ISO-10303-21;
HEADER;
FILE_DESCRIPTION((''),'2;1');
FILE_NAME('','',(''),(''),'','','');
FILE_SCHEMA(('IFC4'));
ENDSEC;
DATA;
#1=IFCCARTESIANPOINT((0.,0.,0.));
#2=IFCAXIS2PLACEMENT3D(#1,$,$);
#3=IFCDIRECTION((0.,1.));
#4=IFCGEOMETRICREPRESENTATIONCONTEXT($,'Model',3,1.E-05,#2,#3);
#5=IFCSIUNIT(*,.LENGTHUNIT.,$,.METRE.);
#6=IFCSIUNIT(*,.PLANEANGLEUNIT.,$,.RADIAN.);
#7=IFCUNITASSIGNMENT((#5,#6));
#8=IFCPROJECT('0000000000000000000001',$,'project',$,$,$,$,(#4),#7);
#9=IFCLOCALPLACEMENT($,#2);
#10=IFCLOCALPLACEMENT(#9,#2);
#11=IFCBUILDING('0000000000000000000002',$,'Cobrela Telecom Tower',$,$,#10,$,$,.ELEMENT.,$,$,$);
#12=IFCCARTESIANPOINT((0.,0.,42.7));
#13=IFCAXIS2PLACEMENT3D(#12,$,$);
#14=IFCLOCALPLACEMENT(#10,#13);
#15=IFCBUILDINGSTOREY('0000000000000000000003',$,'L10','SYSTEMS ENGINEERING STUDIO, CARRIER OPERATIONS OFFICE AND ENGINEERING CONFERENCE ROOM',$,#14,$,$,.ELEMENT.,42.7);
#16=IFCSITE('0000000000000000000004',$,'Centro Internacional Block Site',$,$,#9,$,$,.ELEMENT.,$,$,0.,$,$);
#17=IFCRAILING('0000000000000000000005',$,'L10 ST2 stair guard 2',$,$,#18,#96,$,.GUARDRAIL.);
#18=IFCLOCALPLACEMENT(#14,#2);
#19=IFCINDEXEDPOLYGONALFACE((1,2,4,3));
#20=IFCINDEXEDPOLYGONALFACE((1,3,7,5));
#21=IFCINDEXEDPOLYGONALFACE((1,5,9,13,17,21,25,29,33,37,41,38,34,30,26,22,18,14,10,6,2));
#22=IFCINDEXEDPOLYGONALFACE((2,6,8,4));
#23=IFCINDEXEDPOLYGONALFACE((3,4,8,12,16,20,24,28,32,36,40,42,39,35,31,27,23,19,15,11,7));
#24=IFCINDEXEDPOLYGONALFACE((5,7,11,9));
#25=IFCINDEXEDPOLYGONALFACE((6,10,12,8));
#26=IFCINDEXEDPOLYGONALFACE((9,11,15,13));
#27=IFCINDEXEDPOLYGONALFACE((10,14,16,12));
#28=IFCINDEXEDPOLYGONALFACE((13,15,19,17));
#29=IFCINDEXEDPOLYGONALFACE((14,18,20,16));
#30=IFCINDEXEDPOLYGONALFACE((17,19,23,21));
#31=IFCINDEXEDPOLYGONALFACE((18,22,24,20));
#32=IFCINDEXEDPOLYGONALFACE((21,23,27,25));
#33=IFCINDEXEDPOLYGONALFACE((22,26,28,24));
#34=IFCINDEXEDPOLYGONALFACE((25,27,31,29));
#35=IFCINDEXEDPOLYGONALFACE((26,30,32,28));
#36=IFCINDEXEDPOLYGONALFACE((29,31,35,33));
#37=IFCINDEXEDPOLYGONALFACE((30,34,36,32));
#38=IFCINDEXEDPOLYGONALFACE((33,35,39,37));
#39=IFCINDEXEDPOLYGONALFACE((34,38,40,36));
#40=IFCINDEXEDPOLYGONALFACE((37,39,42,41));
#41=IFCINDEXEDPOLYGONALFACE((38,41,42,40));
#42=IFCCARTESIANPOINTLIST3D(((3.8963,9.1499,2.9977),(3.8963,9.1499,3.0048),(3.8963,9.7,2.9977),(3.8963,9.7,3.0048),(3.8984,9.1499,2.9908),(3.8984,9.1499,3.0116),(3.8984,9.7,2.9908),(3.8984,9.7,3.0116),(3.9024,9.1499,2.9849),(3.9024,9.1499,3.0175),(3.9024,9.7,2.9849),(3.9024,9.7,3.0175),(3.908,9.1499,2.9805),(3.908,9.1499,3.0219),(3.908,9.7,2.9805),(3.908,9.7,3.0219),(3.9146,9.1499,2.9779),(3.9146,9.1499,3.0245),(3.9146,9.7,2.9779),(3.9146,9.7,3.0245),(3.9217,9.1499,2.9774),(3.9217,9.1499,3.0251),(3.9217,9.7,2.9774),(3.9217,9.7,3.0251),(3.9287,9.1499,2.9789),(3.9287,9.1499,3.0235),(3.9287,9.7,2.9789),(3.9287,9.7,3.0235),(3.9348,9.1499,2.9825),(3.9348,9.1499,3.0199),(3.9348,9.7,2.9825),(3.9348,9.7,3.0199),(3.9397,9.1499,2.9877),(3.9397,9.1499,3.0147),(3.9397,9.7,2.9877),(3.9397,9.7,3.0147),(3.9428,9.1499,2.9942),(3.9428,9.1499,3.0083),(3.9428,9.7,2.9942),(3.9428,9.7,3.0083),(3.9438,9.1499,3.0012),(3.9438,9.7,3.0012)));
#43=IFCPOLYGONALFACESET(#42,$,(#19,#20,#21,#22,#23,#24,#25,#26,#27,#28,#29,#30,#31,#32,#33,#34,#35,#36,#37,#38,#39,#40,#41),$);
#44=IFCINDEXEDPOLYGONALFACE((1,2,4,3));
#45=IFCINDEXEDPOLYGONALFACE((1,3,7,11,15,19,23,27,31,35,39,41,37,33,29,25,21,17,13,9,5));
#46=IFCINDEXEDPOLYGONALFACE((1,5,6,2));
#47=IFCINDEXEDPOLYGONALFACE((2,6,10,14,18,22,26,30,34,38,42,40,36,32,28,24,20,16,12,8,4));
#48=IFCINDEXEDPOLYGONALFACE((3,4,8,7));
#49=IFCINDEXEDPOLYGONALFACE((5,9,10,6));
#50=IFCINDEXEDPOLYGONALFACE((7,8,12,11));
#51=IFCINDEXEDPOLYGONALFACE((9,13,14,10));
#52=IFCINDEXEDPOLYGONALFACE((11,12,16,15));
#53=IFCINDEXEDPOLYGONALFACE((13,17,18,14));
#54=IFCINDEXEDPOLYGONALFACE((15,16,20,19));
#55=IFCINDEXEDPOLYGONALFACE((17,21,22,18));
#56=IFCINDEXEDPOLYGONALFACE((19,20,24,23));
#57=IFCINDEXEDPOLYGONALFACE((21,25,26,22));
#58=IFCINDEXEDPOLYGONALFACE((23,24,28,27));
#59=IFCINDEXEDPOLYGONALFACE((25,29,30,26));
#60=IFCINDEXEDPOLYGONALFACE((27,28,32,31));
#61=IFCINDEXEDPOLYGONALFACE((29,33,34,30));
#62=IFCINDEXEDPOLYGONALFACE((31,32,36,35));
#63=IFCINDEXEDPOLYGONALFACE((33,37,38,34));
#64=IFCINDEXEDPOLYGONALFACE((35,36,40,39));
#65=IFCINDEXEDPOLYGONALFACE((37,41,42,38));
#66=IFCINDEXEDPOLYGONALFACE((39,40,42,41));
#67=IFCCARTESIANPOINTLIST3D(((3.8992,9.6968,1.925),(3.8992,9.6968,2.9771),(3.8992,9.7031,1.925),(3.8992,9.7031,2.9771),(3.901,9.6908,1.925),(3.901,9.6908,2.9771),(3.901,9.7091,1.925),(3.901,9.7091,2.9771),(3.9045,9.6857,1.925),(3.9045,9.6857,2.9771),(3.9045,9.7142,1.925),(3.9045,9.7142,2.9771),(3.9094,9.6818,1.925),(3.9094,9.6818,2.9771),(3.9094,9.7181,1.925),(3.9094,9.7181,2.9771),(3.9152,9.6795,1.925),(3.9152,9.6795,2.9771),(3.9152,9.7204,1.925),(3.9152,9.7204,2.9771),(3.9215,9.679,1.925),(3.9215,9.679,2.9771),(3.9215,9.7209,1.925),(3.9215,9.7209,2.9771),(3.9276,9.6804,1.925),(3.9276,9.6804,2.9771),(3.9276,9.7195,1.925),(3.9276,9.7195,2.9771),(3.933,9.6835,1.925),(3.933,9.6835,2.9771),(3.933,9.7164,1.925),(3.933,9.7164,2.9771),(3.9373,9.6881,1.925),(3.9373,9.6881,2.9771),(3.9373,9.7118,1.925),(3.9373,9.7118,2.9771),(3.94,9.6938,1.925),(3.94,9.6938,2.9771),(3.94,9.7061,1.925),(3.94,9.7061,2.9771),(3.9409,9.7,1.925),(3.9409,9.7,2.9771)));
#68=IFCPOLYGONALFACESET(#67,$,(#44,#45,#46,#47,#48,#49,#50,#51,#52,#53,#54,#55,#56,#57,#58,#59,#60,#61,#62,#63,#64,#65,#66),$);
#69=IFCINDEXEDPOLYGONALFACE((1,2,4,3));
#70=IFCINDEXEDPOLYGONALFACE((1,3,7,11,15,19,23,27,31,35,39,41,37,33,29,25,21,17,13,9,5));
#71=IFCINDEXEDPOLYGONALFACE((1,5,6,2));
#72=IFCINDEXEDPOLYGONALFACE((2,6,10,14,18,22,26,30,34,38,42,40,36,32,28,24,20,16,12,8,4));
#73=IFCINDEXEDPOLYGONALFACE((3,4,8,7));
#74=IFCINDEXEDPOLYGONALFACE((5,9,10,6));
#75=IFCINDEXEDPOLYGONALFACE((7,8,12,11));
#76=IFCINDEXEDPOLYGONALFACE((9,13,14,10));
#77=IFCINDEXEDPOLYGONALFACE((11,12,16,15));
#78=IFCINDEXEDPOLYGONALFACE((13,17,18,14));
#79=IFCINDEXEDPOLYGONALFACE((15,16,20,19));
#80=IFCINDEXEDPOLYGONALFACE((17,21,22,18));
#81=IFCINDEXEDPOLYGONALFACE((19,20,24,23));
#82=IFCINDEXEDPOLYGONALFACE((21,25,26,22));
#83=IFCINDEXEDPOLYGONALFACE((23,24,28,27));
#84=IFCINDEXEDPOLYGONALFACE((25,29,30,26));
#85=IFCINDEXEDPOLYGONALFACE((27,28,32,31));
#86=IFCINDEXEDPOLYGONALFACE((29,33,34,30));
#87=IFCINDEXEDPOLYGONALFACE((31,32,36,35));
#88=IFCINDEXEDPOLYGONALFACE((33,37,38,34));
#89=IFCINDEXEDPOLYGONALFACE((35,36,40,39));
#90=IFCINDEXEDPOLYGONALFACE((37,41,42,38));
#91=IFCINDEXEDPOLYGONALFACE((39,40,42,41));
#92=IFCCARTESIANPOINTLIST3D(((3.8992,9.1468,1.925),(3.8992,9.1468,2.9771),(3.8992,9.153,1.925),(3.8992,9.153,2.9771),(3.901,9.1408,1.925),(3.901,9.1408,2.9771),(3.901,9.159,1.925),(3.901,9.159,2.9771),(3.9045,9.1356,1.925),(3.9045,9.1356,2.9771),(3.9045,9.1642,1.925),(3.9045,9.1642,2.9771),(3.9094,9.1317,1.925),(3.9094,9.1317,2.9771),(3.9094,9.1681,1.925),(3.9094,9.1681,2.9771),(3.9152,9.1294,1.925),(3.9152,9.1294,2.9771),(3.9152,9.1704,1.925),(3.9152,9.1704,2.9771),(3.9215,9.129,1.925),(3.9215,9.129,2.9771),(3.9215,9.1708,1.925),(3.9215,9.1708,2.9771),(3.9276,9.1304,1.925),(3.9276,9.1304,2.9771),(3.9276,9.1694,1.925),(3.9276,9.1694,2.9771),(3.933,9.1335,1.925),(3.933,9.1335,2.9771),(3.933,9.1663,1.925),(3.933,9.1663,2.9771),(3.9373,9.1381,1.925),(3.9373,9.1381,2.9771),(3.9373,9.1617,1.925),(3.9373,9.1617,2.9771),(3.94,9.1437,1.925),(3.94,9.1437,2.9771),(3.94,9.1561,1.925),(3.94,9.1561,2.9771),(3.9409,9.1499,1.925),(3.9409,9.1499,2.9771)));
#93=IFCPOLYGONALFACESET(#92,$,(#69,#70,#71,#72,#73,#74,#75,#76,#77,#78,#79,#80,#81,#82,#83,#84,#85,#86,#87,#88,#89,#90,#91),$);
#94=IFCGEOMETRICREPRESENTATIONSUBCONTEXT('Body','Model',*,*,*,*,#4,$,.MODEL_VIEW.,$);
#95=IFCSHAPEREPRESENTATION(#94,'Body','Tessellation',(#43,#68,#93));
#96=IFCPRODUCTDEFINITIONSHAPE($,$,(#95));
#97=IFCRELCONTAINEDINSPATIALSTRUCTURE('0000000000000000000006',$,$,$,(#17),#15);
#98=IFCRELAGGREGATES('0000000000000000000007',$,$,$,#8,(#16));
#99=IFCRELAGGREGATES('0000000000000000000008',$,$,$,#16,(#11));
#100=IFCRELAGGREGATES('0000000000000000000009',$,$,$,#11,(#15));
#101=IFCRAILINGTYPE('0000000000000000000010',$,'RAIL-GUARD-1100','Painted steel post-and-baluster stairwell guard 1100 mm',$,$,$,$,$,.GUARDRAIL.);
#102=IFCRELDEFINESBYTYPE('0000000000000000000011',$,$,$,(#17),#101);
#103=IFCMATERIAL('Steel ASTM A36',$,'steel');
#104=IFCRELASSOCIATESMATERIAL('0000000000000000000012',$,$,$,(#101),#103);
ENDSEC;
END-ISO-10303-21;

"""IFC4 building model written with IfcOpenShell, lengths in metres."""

from ifc_helpers import new_model, si_unit, direction, frame, origin, origin_2d, place, context, subcontext, project, spatial, circle, extrude, material, type_object, element, save


model = new_model("IFC4")

# Units and contexts
model_context = context("Model", 3, precision=1e-05, world=origin(), true_north=direction((0.0, 1.0)))
body_context = subcontext(model_context, "Body", "Model", "MODEL_VIEW")
ifc_project = project(units=[si_unit("LENGTHUNIT", "METRE"), si_unit("PLANEANGLEUNIT", "RADIAN")], contexts=[model_context])

# Site, building, storey
site_placement = place(None, origin())
site = spatial("IfcSite", under=ifc_project, at=site_placement, Name="Centro Internacional Block Site", CompositionType="ELEMENT", RefElevation=0.0)
building_placement = place(site_placement, origin())
building = spatial("IfcBuilding", under=site, at=building_placement, Name="Cobrela Telecom Tower", CompositionType="ELEMENT")
storey_placement = place(building_placement, frame((0.0, 0.0, 42.7)))
storey = spatial("IfcBuildingStorey", under=building, at=storey_placement, Name="L10", Description="SYSTEMS ENGINEERING STUDIO, CARRIER OPERATIONS OFFICE AND ENGINEERING CONFERENCE ROOM", CompositionType="ELEMENT", Elevation=42.7)

# Railing
ifc_material_1 = material(Name="Steel ASTM A36", Category="steel")
railing_type_1 = type_object("IfcRailingType", Name="RAIL-GUARD-1100", Description="Painted steel post-and-baluster stairwell guard 1100 mm", PredefinedType="GUARDRAIL", material=ifc_material_1)
railing_1_placement = place(storey_placement, frame((3.9199, 9.7, 1.925)))
element("IfcRailing", 1, at=railing_1_placement, inside=storey, type_object=railing_type_1, Name="L10 ST2 stair guard 2", PredefinedType="GUARDRAIL", context=body_context, shape_type="SweptSolid", body=[
    extrude(circle(Radius=0.0239, at=origin_2d()), frame((0.0, 0.0, 1.0762), z_axis=(0.0, -1.0, 0.0), x_axis=(1.0, 0.0, 0.0)), (0.0, 0.0, 1.0), 0.55),
    extrude(circle(Radius=0.021, at=origin_2d()), origin(), (0.0, 0.0, 1.0), 1.052),
    extrude(circle(Radius=0.021, at=origin_2d()), frame((0.0, -0.55, 0.0)), (0.0, 0.0, 1.0), 1.052),
])

save(model, "model.ifc")
